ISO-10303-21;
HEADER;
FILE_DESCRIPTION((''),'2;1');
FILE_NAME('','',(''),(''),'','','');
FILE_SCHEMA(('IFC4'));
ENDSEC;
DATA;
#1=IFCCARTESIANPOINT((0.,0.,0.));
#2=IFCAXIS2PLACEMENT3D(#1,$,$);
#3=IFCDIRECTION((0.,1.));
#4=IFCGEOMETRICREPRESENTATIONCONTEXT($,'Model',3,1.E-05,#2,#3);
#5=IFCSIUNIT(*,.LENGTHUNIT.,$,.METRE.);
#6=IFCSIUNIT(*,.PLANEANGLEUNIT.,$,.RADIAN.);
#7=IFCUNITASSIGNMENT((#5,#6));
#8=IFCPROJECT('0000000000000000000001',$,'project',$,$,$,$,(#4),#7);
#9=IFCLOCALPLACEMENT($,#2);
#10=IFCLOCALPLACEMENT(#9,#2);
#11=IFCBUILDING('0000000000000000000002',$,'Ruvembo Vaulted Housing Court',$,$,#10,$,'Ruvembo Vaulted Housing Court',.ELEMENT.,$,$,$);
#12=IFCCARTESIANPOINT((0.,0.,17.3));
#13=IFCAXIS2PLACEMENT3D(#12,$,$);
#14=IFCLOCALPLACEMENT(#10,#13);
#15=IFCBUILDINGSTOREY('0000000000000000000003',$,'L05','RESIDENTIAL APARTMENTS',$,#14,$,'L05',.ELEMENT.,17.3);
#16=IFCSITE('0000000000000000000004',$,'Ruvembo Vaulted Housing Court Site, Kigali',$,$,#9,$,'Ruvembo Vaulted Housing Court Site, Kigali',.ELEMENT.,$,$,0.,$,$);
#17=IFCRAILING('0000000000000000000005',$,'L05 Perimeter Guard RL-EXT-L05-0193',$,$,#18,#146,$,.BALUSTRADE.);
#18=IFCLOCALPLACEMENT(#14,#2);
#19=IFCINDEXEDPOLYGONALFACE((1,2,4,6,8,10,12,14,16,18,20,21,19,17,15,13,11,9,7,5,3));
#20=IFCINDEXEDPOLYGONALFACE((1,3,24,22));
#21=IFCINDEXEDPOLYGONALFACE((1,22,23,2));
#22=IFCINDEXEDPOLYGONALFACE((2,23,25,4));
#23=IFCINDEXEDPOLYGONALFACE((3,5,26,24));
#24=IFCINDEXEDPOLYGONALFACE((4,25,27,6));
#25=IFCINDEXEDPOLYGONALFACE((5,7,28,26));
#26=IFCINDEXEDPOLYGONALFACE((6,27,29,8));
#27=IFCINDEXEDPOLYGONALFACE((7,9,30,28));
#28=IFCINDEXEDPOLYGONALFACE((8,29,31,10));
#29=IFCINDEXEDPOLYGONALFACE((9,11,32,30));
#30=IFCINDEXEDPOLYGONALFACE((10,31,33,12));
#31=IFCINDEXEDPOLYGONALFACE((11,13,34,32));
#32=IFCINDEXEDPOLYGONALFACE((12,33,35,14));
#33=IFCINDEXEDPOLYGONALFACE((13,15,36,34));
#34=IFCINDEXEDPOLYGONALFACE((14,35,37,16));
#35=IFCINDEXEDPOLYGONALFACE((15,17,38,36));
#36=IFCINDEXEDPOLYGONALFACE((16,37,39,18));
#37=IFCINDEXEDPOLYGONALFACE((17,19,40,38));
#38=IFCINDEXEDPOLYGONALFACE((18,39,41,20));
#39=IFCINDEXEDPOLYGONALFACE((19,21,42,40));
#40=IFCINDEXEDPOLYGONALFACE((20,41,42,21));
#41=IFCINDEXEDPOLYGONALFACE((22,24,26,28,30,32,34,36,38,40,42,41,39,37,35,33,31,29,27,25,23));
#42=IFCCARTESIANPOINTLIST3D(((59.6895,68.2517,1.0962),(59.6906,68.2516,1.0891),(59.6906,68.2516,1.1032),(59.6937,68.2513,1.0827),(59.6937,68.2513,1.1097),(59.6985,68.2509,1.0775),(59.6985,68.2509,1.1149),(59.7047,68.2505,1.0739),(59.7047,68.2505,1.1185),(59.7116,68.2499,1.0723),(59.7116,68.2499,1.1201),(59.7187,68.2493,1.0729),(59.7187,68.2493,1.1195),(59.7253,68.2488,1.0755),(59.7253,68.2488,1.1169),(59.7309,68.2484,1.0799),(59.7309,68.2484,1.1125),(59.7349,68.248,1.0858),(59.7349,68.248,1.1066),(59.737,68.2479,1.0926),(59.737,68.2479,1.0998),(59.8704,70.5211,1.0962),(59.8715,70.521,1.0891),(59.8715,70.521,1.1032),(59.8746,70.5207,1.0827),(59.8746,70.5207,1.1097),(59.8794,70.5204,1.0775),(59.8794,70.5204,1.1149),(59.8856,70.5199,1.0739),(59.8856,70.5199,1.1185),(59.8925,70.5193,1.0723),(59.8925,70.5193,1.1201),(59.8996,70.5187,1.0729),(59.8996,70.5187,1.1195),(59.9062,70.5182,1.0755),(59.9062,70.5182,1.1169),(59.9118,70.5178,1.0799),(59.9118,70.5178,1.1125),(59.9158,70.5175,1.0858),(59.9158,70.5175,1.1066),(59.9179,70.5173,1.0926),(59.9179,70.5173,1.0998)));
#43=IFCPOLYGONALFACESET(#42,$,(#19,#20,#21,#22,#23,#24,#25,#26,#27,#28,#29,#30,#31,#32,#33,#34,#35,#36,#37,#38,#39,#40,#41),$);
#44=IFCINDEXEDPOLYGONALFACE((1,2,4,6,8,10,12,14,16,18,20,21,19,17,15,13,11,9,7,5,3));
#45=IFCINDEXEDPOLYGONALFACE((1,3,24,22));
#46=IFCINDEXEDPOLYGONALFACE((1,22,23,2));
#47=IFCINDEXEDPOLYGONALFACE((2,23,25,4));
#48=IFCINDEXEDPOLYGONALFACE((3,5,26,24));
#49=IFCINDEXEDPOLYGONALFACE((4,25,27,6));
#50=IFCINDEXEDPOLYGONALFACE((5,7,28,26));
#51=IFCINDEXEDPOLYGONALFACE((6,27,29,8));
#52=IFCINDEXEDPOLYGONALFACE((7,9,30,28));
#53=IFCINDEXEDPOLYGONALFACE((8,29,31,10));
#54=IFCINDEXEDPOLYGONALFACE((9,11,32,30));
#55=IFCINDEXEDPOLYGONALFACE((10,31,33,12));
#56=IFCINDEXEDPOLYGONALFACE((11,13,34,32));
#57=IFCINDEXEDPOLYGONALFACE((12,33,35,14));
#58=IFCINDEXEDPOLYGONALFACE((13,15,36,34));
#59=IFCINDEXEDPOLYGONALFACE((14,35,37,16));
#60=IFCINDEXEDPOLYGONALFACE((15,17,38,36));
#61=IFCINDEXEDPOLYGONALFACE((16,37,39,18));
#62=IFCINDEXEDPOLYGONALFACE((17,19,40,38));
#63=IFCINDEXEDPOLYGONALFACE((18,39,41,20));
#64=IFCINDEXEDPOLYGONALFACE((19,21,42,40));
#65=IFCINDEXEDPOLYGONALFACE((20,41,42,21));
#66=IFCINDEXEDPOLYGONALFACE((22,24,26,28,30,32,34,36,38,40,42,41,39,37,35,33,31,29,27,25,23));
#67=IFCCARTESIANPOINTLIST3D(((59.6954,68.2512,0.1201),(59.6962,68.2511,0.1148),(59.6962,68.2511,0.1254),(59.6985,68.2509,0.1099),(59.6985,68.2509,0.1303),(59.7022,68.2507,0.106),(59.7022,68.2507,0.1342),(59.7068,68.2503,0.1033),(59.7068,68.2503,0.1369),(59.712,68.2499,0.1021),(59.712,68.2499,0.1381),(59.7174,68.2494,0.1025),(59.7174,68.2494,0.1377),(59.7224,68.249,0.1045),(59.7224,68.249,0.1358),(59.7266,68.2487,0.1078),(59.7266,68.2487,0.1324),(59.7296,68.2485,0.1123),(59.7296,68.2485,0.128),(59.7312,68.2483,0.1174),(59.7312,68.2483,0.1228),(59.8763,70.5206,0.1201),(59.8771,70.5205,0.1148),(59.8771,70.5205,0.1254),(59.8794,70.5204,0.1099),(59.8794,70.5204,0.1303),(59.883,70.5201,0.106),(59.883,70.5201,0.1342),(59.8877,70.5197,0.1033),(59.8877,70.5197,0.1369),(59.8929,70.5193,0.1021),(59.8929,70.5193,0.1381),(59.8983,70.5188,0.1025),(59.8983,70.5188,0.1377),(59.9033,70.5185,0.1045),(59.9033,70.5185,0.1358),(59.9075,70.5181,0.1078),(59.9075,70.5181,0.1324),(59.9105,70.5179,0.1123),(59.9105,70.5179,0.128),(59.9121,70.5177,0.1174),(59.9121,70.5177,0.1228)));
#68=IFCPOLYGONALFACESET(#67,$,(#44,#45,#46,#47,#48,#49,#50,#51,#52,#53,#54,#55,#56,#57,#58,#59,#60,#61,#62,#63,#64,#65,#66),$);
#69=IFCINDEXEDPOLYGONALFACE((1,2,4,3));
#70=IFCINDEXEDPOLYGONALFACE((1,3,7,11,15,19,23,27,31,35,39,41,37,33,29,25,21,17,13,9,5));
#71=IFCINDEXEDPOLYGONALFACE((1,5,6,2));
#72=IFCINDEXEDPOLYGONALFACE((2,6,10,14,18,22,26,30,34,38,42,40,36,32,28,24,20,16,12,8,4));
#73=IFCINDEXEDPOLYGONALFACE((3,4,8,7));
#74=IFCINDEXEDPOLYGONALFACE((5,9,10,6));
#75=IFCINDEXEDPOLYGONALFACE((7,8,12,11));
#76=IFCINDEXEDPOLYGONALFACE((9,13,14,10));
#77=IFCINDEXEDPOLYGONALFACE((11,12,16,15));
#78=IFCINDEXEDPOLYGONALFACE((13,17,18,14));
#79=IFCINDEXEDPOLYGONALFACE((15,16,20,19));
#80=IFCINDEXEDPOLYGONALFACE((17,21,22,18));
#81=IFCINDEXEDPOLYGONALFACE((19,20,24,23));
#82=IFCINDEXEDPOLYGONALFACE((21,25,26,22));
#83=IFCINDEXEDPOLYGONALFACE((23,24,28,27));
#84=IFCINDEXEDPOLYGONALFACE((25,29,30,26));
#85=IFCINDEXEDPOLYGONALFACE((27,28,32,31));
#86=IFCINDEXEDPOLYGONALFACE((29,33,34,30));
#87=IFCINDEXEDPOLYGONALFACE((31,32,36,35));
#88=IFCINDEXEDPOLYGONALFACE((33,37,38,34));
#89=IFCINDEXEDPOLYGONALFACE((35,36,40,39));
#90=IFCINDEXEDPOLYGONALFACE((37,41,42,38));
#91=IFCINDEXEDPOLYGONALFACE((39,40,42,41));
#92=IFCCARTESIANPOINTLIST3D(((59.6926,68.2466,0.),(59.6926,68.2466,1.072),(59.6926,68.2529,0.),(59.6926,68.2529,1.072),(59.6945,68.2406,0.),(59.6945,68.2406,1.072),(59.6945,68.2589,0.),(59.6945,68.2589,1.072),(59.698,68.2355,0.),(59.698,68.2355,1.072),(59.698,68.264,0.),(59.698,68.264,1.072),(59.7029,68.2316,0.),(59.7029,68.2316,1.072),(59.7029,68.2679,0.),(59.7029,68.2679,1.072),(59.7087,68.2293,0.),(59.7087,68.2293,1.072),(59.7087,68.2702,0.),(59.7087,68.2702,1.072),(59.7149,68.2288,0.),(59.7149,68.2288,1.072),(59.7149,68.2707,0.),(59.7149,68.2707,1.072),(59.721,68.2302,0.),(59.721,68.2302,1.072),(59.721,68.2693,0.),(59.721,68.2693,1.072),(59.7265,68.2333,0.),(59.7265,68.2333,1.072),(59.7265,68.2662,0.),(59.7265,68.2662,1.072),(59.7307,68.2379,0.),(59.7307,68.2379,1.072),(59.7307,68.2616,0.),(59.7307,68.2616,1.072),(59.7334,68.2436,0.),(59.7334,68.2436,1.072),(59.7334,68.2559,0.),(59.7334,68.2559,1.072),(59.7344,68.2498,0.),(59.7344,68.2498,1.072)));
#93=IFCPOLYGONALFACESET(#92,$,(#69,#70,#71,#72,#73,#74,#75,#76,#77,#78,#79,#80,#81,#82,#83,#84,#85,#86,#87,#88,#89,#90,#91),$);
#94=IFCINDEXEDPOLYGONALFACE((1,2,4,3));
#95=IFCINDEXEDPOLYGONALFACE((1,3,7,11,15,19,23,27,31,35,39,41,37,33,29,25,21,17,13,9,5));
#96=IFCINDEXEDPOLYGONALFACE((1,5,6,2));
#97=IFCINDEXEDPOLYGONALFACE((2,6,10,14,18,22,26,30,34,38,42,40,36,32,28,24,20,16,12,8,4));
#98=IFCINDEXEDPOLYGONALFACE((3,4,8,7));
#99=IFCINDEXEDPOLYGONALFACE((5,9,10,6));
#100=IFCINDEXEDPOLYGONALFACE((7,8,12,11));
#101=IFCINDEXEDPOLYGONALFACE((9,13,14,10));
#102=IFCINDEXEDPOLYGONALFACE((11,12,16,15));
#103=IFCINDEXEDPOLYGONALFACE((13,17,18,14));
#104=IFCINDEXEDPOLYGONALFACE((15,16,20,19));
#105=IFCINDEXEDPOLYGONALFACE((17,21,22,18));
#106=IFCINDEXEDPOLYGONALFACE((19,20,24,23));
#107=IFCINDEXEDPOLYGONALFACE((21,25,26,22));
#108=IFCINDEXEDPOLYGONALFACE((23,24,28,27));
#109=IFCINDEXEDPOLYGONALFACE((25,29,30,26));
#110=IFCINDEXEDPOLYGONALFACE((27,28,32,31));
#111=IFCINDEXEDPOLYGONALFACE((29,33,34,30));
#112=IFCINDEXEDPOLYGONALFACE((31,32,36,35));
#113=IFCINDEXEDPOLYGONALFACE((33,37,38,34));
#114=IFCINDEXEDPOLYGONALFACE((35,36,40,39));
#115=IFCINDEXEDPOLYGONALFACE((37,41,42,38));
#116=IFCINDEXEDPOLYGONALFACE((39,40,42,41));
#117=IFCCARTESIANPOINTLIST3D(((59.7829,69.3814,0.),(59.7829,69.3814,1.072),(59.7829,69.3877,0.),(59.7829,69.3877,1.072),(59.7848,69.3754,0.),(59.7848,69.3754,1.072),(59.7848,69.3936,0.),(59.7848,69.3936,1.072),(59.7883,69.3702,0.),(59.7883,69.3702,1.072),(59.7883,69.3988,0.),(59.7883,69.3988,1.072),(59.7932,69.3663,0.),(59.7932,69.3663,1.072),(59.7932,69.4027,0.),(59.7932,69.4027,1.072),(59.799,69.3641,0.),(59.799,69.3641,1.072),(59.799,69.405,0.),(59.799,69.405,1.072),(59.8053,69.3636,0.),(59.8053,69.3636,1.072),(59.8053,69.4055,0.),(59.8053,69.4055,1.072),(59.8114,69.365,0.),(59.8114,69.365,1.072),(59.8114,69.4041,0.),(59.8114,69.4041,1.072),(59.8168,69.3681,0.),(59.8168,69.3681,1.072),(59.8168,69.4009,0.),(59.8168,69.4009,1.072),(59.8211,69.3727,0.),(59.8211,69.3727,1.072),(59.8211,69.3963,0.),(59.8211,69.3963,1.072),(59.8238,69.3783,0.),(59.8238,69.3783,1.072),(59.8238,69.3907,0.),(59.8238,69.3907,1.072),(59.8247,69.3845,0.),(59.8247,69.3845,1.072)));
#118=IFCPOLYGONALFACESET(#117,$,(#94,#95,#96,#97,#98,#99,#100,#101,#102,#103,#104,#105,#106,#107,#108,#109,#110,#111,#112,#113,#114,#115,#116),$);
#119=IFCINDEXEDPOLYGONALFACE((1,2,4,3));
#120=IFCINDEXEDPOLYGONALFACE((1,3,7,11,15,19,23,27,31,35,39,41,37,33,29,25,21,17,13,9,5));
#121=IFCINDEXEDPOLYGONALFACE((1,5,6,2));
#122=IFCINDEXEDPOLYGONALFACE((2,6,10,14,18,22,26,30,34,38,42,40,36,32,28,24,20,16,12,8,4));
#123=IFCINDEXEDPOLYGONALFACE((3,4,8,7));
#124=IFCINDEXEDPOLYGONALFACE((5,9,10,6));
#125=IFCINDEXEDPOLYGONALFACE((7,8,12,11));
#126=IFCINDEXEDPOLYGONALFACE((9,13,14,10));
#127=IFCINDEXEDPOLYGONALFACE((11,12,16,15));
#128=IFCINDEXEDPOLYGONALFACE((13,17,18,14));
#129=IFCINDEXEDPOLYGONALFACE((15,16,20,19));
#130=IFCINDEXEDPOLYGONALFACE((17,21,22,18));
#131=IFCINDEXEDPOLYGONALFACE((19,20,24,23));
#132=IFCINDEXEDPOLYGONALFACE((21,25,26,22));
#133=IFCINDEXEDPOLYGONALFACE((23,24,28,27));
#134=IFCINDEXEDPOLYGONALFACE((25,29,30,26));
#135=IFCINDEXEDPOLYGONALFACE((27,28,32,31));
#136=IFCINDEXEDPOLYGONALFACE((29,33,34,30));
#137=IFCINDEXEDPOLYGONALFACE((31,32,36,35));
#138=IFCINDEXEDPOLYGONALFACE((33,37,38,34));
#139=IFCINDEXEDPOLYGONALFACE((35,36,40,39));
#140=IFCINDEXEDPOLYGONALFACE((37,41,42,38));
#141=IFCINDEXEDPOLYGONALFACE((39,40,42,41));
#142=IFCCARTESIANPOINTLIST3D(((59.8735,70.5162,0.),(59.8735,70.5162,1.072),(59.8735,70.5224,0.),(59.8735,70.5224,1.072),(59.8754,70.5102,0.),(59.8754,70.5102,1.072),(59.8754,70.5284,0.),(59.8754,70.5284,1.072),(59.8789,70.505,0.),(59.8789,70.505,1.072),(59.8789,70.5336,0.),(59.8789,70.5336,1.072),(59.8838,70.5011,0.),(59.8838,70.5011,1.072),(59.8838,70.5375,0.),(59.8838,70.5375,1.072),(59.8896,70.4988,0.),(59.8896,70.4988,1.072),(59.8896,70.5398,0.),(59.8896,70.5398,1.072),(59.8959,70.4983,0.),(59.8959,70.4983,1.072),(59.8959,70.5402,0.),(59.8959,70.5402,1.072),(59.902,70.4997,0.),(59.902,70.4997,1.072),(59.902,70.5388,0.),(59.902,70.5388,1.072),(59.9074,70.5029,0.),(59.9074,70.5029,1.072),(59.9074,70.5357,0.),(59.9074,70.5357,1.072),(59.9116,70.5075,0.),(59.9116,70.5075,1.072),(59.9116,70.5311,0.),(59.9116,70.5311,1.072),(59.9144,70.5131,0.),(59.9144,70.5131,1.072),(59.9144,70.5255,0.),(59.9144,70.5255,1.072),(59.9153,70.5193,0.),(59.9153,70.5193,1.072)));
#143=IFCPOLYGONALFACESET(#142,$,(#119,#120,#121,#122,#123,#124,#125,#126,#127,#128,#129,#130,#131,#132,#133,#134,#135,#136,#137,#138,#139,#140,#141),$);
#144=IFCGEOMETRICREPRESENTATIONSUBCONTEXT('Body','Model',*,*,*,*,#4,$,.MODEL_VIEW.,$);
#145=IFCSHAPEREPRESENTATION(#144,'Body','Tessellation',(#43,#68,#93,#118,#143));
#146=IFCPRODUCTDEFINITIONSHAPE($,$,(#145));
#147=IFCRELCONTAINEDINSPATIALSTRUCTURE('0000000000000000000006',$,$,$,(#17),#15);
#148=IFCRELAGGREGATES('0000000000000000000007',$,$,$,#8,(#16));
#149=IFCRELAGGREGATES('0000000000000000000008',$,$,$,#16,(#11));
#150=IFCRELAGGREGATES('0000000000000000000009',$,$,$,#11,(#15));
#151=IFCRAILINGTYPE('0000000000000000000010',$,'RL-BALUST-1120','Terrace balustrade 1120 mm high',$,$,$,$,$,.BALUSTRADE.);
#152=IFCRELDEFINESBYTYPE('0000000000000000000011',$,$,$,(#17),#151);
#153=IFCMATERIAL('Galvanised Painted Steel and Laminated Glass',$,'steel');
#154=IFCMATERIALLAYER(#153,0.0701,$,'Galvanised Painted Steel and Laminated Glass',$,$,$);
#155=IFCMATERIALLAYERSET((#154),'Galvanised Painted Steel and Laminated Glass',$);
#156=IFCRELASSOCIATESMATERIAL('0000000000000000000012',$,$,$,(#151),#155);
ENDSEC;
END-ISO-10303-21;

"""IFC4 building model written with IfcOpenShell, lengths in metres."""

from ifc_helpers import new_model, si_unit, direction, frame, origin, origin_2d, place, context, subcontext, project, spatial, circle, extrude, material, layer, layer_set, type_object, element, save


model = new_model("IFC4")

# Units and contexts
model_context = context("Model", 3, precision=1e-05, world=origin(), true_north=direction((0.0, 1.0)))
body_context = subcontext(model_context, "Body", "Model", "MODEL_VIEW")
ifc_project = project(units=[si_unit("LENGTHUNIT", "METRE"), si_unit("PLANEANGLEUNIT", "RADIAN")], contexts=[model_context])

# Site, building, storey
site_placement = place(None, origin())
site = spatial("IfcSite", under=ifc_project, at=site_placement, Name="Ruvembo Vaulted Housing Court Site, Kigali", LongName="Ruvembo Vaulted Housing Court Site, Kigali", CompositionType="ELEMENT", RefElevation=0.0)
building_placement = place(site_placement, origin())
building = spatial("IfcBuilding", under=site, at=building_placement, Name="Ruvembo Vaulted Housing Court", LongName="Ruvembo Vaulted Housing Court", CompositionType="ELEMENT")
storey_placement = place(building_placement, frame((0.0, 0.0, 17.3)))
storey = spatial("IfcBuildingStorey", under=building, at=storey_placement, Name="L05", Description="RESIDENTIAL APARTMENTS", LongName="L05", CompositionType="ELEMENT", Elevation=17.3)

# Railing
ifc_material_1 = material(Name="Galvanised Painted Steel and Laminated Glass", Category="steel")
ifc_layer_1 = layer(ifc_material_1, 0.0701, Name="Galvanised Painted Steel and Laminated Glass")
ifc_layer_set_1 = layer_set([ifc_layer_1], Name="Galvanised Painted Steel and Laminated Glass")
railing_type_1 = type_object("IfcRailingType", Name="RL-BALUST-1120", Description="Terrace balustrade 1120 mm high", PredefinedType="BALUSTRADE", material=ifc_layer_set_1)
railing_1_placement = place(storey_placement, frame((59.7134, 68.2498, 0.0)))
element("IfcRailing", 1, at=railing_1_placement, inside=storey, type_object=railing_type_1, Name="L05 Perimeter Guard RL-EXT-L05-0193", PredefinedType="BALUSTRADE", context=body_context, shape_type="SweptSolid", body=[
    extrude(circle(Radius=0.0239, at=origin_2d()), frame((0.0, 0.0, 1.0962), z_axis=(0.07946, 0.996838, 0.0), x_axis=(-0.996838, 0.07946, 0.0)), (0.0, 0.0, 1.0), 2.2766),
    extrude(circle(Radius=0.0181, at=origin_2d()), frame((0.0, 0.0, 0.1201), z_axis=(0.07946, 0.996838, 0.0), x_axis=(-0.996838, 0.07946, 0.0)), (0.0, 0.0, 1.0), 2.2766),
    extrude(circle(Radius=0.021, at=origin_2d()), origin(), (0.0, 0.0, 1.0), 1.072),
    extrude(circle(Radius=0.021, at=origin_2d()), frame((0.0903, 1.1348, 0.0)), (0.0, 0.0, 1.0), 1.072),
    extrude(circle(Radius=0.021, at=origin_2d()), frame((0.1809, 2.2695, 0.0)), (0.0, 0.0, 1.0), 1.072),
])

save(model, "model.ifc")
